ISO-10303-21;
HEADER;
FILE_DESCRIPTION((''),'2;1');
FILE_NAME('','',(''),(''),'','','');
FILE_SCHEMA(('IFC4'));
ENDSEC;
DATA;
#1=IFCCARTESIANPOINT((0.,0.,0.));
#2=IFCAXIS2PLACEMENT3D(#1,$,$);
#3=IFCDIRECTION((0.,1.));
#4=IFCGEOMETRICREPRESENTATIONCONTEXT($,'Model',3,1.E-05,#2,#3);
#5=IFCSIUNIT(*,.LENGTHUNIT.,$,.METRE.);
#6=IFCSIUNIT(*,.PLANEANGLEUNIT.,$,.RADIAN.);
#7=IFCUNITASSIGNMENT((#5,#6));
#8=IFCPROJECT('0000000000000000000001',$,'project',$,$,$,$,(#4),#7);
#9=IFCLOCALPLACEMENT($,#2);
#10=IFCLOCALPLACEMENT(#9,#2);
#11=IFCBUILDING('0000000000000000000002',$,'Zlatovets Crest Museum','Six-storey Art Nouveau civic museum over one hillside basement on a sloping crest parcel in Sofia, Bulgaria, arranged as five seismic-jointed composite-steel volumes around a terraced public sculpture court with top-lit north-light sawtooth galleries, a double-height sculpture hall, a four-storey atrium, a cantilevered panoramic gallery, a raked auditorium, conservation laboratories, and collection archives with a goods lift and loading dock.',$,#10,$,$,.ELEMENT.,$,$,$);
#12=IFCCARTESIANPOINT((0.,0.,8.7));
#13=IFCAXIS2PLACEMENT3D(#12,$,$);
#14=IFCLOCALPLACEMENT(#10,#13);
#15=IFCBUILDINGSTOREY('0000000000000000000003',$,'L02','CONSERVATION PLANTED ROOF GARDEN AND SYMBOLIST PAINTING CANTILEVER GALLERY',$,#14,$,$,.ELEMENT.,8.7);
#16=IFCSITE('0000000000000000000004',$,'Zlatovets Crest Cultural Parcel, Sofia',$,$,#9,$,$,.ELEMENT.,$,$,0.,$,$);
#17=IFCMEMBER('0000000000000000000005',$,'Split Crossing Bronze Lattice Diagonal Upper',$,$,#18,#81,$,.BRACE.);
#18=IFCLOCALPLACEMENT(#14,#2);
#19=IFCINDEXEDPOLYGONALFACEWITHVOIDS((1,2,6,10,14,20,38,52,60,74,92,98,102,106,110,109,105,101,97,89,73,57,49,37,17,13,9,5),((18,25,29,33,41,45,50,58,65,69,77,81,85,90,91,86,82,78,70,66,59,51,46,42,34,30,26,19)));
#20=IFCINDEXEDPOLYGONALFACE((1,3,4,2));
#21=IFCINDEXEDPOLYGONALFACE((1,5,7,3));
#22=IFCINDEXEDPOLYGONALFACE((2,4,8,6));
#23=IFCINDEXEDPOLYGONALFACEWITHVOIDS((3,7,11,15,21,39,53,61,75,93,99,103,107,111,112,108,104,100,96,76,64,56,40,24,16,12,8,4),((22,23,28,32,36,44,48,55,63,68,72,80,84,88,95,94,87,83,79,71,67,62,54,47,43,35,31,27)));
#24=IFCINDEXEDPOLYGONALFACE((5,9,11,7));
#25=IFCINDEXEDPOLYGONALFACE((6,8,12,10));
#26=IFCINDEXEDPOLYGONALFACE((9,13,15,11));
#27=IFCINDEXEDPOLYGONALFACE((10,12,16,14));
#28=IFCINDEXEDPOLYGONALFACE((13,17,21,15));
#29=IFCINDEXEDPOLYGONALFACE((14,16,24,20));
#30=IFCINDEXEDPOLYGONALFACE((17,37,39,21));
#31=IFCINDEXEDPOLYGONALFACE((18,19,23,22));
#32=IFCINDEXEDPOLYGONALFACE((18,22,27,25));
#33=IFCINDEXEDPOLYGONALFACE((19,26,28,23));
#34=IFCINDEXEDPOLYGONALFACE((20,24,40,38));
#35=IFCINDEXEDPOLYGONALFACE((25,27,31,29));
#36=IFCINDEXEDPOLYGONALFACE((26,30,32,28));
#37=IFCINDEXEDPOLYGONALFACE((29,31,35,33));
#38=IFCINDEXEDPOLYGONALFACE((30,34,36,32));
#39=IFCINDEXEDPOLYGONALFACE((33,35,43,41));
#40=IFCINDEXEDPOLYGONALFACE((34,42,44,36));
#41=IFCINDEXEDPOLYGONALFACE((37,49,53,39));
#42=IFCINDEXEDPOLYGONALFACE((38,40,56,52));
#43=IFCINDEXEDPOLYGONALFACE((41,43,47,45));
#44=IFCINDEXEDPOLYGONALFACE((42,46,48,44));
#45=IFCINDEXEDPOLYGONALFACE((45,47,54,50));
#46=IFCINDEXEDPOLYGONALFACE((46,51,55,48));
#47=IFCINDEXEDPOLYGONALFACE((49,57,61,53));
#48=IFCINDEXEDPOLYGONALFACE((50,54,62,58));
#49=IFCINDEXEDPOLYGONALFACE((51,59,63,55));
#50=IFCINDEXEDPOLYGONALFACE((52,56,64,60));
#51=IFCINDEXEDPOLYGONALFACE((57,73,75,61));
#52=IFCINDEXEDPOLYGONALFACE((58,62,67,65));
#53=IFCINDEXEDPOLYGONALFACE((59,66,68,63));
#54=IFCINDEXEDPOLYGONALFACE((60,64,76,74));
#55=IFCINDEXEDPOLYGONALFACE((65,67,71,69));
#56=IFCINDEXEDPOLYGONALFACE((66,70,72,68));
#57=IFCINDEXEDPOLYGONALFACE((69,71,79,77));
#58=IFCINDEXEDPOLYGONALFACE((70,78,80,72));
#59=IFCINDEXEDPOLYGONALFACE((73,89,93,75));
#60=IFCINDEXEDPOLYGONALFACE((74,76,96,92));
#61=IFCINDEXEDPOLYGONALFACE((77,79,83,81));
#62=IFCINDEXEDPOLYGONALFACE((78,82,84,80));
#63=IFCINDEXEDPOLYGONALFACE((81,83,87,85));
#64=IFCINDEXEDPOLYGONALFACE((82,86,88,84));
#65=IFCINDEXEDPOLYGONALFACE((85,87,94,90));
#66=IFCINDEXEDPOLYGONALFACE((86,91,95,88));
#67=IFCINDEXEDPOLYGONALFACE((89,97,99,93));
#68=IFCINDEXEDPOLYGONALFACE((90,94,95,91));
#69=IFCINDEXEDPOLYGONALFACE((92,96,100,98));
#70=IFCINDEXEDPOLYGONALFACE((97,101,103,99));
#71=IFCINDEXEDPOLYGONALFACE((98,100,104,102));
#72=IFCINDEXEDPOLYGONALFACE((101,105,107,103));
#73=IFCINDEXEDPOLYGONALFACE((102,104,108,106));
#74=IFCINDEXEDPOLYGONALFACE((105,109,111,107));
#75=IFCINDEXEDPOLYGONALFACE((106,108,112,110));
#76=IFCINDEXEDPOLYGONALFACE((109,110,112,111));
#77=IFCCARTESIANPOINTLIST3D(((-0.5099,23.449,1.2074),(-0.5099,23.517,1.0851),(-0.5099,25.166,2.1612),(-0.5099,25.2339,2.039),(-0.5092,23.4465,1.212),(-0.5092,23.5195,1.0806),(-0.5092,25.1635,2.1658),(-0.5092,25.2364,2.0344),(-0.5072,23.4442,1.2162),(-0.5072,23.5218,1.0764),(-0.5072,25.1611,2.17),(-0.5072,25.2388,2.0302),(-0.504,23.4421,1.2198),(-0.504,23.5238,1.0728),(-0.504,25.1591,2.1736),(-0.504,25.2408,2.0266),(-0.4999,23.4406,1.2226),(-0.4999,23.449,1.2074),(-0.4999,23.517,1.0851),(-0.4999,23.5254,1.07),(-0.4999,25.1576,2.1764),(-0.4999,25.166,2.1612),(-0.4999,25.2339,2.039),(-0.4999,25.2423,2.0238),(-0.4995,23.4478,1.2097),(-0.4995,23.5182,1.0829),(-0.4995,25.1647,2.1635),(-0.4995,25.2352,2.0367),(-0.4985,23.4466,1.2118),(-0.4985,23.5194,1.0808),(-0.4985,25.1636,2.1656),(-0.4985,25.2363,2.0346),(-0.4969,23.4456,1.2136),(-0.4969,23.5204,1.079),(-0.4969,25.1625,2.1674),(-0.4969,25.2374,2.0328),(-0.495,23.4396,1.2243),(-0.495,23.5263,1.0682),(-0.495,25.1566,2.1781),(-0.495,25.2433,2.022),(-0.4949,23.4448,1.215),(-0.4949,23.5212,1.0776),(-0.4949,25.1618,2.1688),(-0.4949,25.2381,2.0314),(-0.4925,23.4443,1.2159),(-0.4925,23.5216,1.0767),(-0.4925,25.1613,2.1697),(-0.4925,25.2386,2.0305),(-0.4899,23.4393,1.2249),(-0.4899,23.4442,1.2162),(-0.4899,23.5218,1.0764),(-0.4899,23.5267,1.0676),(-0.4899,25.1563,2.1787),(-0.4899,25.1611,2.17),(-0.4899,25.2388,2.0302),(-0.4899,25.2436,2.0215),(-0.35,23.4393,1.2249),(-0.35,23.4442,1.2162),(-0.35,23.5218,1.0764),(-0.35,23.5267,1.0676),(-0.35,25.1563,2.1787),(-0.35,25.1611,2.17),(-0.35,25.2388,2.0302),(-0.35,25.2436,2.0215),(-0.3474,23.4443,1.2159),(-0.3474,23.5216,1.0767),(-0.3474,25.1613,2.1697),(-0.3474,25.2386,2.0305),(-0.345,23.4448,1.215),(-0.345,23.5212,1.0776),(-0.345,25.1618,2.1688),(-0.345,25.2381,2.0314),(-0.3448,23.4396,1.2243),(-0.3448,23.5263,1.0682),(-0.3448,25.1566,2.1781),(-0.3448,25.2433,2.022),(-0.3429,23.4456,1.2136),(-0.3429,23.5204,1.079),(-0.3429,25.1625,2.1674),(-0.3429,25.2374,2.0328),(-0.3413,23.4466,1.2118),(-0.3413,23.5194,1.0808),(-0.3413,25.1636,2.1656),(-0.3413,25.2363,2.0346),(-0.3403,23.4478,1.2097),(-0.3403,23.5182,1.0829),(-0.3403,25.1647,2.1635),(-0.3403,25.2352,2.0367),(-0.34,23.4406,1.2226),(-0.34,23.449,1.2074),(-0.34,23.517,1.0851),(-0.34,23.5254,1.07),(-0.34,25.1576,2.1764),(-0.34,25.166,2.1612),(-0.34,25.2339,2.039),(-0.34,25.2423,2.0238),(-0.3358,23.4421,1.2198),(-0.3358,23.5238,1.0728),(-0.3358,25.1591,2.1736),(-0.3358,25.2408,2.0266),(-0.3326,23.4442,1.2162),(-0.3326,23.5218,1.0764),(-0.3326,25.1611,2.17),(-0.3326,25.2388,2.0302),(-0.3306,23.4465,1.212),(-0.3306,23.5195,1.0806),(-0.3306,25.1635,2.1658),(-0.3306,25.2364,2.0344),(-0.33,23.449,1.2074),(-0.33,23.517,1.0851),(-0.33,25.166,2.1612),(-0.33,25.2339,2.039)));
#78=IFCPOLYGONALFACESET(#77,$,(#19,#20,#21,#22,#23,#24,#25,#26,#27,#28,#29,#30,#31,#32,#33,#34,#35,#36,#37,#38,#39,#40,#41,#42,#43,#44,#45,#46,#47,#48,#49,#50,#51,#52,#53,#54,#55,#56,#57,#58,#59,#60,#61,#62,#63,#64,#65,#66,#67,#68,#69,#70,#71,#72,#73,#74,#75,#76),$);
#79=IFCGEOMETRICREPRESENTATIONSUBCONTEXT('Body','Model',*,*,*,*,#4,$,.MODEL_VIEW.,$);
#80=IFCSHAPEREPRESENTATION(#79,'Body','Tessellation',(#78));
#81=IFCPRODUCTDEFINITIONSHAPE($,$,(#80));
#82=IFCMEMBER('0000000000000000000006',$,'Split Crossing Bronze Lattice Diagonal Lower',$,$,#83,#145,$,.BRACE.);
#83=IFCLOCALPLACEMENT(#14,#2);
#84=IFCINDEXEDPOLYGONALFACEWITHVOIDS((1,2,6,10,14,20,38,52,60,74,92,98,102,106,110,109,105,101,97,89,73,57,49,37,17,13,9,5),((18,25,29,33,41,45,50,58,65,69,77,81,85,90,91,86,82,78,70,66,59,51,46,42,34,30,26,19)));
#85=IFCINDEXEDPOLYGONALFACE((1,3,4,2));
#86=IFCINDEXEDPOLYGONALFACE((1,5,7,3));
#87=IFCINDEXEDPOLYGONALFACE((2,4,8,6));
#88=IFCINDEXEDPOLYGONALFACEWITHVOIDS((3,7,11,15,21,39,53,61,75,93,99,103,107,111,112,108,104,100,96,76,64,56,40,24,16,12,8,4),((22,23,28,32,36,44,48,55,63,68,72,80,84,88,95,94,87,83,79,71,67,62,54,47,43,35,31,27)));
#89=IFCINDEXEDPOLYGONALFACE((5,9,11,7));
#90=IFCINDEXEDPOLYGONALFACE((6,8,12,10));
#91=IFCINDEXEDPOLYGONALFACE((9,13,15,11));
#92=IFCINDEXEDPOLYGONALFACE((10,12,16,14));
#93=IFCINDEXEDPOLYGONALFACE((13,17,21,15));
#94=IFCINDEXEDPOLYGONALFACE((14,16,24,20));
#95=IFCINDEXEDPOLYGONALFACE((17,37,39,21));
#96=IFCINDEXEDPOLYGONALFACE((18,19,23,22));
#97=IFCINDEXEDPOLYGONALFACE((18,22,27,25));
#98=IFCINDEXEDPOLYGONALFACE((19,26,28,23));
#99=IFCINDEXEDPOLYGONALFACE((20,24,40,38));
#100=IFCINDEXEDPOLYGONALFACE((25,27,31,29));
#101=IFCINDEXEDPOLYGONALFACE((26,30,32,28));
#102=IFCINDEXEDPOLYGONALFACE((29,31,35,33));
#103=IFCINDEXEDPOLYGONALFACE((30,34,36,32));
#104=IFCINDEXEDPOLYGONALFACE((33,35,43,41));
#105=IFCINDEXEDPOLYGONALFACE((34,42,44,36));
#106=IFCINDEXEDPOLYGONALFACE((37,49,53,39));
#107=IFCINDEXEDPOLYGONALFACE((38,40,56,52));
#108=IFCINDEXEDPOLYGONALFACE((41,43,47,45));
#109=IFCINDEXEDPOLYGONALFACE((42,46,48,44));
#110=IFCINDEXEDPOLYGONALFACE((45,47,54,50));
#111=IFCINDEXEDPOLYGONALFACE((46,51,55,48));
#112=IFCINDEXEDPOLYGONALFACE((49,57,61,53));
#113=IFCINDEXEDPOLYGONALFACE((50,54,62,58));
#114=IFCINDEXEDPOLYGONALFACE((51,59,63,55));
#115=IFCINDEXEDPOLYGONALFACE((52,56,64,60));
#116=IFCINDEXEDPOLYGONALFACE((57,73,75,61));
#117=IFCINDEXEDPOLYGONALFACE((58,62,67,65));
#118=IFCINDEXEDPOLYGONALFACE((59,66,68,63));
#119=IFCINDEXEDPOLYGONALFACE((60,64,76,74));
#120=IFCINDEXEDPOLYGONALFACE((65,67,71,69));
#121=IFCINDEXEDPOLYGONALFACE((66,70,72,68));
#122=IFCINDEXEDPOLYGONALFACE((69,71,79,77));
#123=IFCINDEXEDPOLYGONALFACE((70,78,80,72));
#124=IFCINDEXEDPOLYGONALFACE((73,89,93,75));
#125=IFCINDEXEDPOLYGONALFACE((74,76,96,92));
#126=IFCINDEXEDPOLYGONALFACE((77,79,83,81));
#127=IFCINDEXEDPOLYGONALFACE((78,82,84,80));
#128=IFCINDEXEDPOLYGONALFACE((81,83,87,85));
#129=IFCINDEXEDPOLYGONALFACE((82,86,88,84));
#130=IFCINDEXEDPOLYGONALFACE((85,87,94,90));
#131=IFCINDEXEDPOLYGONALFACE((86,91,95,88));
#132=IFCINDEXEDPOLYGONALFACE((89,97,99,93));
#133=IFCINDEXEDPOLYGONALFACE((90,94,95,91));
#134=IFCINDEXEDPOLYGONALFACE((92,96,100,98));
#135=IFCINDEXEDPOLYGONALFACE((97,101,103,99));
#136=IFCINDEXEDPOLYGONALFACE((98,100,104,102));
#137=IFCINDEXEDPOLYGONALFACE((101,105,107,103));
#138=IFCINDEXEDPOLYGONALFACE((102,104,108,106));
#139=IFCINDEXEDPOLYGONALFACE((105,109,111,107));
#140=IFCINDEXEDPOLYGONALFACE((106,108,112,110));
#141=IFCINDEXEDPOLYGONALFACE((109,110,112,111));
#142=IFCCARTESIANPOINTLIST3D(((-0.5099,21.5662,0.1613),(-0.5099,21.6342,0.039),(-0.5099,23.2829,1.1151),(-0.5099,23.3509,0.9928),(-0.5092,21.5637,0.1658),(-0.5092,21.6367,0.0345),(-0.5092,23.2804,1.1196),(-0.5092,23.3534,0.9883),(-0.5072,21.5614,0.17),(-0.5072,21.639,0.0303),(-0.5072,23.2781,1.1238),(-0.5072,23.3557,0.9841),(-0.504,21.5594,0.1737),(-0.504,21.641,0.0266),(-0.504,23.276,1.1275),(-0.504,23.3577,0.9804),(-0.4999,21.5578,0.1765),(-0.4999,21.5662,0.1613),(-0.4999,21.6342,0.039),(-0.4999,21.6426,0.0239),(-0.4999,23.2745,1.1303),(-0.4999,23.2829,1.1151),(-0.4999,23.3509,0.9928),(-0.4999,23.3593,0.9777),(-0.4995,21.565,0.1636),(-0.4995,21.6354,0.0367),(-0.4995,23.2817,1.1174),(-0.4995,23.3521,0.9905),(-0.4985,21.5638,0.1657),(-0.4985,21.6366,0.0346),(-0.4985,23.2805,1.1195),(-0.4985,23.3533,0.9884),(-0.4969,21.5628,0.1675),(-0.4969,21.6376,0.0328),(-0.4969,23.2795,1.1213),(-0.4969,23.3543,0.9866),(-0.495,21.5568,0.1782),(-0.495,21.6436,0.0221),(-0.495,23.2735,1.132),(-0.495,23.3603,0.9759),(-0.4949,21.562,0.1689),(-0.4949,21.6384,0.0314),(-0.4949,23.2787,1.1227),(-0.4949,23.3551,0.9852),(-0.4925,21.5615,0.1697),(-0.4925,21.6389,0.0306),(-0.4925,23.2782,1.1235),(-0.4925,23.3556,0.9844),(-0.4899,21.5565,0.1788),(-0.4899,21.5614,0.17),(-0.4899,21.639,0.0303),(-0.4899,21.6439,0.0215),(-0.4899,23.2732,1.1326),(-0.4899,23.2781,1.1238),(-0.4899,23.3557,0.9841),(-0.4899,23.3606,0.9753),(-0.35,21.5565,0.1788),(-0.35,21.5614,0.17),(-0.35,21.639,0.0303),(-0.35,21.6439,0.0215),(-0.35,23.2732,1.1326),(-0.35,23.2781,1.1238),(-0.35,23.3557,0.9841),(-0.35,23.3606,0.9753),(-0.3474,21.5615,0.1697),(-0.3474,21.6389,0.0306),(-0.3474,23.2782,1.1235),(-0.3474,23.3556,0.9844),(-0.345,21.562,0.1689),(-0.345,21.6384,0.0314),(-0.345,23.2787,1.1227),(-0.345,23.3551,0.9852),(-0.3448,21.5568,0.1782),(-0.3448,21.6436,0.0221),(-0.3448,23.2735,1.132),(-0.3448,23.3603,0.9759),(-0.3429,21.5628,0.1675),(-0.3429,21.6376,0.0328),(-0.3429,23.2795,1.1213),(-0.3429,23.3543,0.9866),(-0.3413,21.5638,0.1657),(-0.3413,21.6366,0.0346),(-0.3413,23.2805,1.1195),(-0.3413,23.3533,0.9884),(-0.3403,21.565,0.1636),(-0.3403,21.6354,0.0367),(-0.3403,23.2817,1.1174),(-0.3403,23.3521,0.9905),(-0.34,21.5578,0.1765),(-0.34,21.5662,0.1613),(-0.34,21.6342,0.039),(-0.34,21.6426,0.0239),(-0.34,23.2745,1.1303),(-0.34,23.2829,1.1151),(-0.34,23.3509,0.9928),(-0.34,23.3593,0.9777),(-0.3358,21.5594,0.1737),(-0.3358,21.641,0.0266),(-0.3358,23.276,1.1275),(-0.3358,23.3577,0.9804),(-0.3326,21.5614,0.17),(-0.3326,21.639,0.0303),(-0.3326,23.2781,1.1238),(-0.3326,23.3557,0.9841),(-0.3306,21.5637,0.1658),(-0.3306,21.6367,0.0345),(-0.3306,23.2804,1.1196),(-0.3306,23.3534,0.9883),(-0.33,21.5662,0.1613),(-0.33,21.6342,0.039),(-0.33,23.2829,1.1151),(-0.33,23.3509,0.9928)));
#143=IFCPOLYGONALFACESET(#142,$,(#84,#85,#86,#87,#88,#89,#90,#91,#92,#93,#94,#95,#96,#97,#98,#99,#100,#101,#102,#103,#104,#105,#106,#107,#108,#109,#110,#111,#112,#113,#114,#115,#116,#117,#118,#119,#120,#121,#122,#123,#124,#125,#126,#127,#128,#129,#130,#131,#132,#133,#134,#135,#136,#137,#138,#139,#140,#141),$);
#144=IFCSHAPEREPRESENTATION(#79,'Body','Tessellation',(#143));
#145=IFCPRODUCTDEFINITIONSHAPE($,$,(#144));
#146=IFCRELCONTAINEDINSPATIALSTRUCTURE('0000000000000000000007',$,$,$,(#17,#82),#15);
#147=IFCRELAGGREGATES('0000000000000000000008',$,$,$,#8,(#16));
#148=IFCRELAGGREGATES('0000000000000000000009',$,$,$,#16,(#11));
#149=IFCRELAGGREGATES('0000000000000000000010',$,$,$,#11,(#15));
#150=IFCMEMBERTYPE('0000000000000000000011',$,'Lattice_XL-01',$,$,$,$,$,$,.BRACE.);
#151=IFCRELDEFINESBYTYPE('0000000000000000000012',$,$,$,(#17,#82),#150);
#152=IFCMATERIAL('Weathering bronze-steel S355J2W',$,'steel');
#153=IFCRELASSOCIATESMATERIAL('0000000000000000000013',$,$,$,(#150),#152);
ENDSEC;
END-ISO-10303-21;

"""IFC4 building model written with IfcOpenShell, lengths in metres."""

from ifc_helpers import new_model, si_unit, direction, frame, origin, origin_2d, place, context, subcontext, project, spatial, hollow_rectangle, extrude, material, material_profile, profile_set, type_object, element, save


model = new_model("IFC4")

# Units and contexts
model_context = context("Model", 3, precision=1e-05, world=origin(), true_north=direction((0.0, 1.0)))
body_context = subcontext(model_context, "Body", "Model", "MODEL_VIEW")
ifc_project = project(units=[si_unit("LENGTHUNIT", "METRE"), si_unit("PLANEANGLEUNIT", "RADIAN")], contexts=[model_context])

# Site, building, storey
site_placement = place(None, origin())
site = spatial("IfcSite", under=ifc_project, at=site_placement, Name="Zlatovets Crest Cultural Parcel, Sofia", CompositionType="ELEMENT", RefElevation=0.0)
building_placement = place(site_placement, origin())
building = spatial("IfcBuilding", under=site, at=building_placement, Name="Zlatovets Crest Museum", Description="Six-storey Art Nouveau civic museum over one hillside basement on a sloping crest parcel in Sofia, Bulgaria, arranged as five seismic-jointed composite-steel volumes around a terraced public sculpture court with top-lit north-light sawtooth galleries, a double-height sculpture hall, a four-storey atrium, a cantilevered panoramic gallery, a raked auditorium, conservation laboratories, and collection archives with a goods lift and loading dock.", CompositionType="ELEMENT")
storey_placement = place(building_placement, frame((0.0, 0.0, 8.7)))
storey = spatial("IfcBuildingStorey", under=building, at=storey_placement, Name="L02", Description="CONSERVATION PLANTED ROOF GARDEN AND SYMBOLIST PAINTING CANTILEVER GALLERY", CompositionType="ELEMENT", Elevation=8.7)

# Members
ifc_material_1 = material(Name="Weathering bronze-steel S355J2W", Category="steel")
ifc_material_profile_1 = material_profile(ifc_material_1, hollow_rectangle(XDim=0.1799, YDim=0.1799, WallThickness=0.01, InnerFilletRadius=0.01, OuterFilletRadius=0.02, at=origin_2d()), Name="SHS 180x180x10.0")
ifc_profile_set_1 = profile_set([ifc_material_profile_1], Name="Weathering bronze-steel S355J2W")
member_type_1 = type_object("IfcMemberType", Name="Lattice_XL-01", PredefinedType="BRACE", material=ifc_profile_set_1)
member_1_placement = place(storey_placement, frame((-0.4199, 25.2, 2.1001), z_axis=(0.0, -0.874169, -0.485622), x_axis=(1.0, 0.0, 0.0)))
element("IfcMember", 1, at=member_1_placement, inside=storey, type_object=member_type_1, Name="Split Crossing Bronze Lattice Diagonal Upper", PredefinedType="BRACE", context=body_context, shape_type="SweptSolid", body=[
    extrude(hollow_rectangle(XDim=0.1799, YDim=0.1799, WallThickness=0.01, InnerFilletRadius=0.01, OuterFilletRadius=0.02, at=origin_2d()), origin(), (0.0, 0.0, 1.0), 1.9641),
])
member_2_placement = place(storey_placement, frame((-0.4199, 23.3169, 1.054), z_axis=(0.0, -0.87414, -0.485675), x_axis=(1.0, 0.0, 0.0)))
element("IfcMember", 2, at=member_2_placement, inside=storey, type_object=member_type_1, Name="Split Crossing Bronze Lattice Diagonal Lower", PredefinedType="BRACE", context=body_context, shape_type="SweptSolid", body=[
    extrude(hollow_rectangle(XDim=0.1799, YDim=0.1799, WallThickness=0.01, InnerFilletRadius=0.01, OuterFilletRadius=0.02, at=origin_2d()), origin(), (0.0, 0.0, 1.0), 1.9639),
])

save(model, "model.ifc")
